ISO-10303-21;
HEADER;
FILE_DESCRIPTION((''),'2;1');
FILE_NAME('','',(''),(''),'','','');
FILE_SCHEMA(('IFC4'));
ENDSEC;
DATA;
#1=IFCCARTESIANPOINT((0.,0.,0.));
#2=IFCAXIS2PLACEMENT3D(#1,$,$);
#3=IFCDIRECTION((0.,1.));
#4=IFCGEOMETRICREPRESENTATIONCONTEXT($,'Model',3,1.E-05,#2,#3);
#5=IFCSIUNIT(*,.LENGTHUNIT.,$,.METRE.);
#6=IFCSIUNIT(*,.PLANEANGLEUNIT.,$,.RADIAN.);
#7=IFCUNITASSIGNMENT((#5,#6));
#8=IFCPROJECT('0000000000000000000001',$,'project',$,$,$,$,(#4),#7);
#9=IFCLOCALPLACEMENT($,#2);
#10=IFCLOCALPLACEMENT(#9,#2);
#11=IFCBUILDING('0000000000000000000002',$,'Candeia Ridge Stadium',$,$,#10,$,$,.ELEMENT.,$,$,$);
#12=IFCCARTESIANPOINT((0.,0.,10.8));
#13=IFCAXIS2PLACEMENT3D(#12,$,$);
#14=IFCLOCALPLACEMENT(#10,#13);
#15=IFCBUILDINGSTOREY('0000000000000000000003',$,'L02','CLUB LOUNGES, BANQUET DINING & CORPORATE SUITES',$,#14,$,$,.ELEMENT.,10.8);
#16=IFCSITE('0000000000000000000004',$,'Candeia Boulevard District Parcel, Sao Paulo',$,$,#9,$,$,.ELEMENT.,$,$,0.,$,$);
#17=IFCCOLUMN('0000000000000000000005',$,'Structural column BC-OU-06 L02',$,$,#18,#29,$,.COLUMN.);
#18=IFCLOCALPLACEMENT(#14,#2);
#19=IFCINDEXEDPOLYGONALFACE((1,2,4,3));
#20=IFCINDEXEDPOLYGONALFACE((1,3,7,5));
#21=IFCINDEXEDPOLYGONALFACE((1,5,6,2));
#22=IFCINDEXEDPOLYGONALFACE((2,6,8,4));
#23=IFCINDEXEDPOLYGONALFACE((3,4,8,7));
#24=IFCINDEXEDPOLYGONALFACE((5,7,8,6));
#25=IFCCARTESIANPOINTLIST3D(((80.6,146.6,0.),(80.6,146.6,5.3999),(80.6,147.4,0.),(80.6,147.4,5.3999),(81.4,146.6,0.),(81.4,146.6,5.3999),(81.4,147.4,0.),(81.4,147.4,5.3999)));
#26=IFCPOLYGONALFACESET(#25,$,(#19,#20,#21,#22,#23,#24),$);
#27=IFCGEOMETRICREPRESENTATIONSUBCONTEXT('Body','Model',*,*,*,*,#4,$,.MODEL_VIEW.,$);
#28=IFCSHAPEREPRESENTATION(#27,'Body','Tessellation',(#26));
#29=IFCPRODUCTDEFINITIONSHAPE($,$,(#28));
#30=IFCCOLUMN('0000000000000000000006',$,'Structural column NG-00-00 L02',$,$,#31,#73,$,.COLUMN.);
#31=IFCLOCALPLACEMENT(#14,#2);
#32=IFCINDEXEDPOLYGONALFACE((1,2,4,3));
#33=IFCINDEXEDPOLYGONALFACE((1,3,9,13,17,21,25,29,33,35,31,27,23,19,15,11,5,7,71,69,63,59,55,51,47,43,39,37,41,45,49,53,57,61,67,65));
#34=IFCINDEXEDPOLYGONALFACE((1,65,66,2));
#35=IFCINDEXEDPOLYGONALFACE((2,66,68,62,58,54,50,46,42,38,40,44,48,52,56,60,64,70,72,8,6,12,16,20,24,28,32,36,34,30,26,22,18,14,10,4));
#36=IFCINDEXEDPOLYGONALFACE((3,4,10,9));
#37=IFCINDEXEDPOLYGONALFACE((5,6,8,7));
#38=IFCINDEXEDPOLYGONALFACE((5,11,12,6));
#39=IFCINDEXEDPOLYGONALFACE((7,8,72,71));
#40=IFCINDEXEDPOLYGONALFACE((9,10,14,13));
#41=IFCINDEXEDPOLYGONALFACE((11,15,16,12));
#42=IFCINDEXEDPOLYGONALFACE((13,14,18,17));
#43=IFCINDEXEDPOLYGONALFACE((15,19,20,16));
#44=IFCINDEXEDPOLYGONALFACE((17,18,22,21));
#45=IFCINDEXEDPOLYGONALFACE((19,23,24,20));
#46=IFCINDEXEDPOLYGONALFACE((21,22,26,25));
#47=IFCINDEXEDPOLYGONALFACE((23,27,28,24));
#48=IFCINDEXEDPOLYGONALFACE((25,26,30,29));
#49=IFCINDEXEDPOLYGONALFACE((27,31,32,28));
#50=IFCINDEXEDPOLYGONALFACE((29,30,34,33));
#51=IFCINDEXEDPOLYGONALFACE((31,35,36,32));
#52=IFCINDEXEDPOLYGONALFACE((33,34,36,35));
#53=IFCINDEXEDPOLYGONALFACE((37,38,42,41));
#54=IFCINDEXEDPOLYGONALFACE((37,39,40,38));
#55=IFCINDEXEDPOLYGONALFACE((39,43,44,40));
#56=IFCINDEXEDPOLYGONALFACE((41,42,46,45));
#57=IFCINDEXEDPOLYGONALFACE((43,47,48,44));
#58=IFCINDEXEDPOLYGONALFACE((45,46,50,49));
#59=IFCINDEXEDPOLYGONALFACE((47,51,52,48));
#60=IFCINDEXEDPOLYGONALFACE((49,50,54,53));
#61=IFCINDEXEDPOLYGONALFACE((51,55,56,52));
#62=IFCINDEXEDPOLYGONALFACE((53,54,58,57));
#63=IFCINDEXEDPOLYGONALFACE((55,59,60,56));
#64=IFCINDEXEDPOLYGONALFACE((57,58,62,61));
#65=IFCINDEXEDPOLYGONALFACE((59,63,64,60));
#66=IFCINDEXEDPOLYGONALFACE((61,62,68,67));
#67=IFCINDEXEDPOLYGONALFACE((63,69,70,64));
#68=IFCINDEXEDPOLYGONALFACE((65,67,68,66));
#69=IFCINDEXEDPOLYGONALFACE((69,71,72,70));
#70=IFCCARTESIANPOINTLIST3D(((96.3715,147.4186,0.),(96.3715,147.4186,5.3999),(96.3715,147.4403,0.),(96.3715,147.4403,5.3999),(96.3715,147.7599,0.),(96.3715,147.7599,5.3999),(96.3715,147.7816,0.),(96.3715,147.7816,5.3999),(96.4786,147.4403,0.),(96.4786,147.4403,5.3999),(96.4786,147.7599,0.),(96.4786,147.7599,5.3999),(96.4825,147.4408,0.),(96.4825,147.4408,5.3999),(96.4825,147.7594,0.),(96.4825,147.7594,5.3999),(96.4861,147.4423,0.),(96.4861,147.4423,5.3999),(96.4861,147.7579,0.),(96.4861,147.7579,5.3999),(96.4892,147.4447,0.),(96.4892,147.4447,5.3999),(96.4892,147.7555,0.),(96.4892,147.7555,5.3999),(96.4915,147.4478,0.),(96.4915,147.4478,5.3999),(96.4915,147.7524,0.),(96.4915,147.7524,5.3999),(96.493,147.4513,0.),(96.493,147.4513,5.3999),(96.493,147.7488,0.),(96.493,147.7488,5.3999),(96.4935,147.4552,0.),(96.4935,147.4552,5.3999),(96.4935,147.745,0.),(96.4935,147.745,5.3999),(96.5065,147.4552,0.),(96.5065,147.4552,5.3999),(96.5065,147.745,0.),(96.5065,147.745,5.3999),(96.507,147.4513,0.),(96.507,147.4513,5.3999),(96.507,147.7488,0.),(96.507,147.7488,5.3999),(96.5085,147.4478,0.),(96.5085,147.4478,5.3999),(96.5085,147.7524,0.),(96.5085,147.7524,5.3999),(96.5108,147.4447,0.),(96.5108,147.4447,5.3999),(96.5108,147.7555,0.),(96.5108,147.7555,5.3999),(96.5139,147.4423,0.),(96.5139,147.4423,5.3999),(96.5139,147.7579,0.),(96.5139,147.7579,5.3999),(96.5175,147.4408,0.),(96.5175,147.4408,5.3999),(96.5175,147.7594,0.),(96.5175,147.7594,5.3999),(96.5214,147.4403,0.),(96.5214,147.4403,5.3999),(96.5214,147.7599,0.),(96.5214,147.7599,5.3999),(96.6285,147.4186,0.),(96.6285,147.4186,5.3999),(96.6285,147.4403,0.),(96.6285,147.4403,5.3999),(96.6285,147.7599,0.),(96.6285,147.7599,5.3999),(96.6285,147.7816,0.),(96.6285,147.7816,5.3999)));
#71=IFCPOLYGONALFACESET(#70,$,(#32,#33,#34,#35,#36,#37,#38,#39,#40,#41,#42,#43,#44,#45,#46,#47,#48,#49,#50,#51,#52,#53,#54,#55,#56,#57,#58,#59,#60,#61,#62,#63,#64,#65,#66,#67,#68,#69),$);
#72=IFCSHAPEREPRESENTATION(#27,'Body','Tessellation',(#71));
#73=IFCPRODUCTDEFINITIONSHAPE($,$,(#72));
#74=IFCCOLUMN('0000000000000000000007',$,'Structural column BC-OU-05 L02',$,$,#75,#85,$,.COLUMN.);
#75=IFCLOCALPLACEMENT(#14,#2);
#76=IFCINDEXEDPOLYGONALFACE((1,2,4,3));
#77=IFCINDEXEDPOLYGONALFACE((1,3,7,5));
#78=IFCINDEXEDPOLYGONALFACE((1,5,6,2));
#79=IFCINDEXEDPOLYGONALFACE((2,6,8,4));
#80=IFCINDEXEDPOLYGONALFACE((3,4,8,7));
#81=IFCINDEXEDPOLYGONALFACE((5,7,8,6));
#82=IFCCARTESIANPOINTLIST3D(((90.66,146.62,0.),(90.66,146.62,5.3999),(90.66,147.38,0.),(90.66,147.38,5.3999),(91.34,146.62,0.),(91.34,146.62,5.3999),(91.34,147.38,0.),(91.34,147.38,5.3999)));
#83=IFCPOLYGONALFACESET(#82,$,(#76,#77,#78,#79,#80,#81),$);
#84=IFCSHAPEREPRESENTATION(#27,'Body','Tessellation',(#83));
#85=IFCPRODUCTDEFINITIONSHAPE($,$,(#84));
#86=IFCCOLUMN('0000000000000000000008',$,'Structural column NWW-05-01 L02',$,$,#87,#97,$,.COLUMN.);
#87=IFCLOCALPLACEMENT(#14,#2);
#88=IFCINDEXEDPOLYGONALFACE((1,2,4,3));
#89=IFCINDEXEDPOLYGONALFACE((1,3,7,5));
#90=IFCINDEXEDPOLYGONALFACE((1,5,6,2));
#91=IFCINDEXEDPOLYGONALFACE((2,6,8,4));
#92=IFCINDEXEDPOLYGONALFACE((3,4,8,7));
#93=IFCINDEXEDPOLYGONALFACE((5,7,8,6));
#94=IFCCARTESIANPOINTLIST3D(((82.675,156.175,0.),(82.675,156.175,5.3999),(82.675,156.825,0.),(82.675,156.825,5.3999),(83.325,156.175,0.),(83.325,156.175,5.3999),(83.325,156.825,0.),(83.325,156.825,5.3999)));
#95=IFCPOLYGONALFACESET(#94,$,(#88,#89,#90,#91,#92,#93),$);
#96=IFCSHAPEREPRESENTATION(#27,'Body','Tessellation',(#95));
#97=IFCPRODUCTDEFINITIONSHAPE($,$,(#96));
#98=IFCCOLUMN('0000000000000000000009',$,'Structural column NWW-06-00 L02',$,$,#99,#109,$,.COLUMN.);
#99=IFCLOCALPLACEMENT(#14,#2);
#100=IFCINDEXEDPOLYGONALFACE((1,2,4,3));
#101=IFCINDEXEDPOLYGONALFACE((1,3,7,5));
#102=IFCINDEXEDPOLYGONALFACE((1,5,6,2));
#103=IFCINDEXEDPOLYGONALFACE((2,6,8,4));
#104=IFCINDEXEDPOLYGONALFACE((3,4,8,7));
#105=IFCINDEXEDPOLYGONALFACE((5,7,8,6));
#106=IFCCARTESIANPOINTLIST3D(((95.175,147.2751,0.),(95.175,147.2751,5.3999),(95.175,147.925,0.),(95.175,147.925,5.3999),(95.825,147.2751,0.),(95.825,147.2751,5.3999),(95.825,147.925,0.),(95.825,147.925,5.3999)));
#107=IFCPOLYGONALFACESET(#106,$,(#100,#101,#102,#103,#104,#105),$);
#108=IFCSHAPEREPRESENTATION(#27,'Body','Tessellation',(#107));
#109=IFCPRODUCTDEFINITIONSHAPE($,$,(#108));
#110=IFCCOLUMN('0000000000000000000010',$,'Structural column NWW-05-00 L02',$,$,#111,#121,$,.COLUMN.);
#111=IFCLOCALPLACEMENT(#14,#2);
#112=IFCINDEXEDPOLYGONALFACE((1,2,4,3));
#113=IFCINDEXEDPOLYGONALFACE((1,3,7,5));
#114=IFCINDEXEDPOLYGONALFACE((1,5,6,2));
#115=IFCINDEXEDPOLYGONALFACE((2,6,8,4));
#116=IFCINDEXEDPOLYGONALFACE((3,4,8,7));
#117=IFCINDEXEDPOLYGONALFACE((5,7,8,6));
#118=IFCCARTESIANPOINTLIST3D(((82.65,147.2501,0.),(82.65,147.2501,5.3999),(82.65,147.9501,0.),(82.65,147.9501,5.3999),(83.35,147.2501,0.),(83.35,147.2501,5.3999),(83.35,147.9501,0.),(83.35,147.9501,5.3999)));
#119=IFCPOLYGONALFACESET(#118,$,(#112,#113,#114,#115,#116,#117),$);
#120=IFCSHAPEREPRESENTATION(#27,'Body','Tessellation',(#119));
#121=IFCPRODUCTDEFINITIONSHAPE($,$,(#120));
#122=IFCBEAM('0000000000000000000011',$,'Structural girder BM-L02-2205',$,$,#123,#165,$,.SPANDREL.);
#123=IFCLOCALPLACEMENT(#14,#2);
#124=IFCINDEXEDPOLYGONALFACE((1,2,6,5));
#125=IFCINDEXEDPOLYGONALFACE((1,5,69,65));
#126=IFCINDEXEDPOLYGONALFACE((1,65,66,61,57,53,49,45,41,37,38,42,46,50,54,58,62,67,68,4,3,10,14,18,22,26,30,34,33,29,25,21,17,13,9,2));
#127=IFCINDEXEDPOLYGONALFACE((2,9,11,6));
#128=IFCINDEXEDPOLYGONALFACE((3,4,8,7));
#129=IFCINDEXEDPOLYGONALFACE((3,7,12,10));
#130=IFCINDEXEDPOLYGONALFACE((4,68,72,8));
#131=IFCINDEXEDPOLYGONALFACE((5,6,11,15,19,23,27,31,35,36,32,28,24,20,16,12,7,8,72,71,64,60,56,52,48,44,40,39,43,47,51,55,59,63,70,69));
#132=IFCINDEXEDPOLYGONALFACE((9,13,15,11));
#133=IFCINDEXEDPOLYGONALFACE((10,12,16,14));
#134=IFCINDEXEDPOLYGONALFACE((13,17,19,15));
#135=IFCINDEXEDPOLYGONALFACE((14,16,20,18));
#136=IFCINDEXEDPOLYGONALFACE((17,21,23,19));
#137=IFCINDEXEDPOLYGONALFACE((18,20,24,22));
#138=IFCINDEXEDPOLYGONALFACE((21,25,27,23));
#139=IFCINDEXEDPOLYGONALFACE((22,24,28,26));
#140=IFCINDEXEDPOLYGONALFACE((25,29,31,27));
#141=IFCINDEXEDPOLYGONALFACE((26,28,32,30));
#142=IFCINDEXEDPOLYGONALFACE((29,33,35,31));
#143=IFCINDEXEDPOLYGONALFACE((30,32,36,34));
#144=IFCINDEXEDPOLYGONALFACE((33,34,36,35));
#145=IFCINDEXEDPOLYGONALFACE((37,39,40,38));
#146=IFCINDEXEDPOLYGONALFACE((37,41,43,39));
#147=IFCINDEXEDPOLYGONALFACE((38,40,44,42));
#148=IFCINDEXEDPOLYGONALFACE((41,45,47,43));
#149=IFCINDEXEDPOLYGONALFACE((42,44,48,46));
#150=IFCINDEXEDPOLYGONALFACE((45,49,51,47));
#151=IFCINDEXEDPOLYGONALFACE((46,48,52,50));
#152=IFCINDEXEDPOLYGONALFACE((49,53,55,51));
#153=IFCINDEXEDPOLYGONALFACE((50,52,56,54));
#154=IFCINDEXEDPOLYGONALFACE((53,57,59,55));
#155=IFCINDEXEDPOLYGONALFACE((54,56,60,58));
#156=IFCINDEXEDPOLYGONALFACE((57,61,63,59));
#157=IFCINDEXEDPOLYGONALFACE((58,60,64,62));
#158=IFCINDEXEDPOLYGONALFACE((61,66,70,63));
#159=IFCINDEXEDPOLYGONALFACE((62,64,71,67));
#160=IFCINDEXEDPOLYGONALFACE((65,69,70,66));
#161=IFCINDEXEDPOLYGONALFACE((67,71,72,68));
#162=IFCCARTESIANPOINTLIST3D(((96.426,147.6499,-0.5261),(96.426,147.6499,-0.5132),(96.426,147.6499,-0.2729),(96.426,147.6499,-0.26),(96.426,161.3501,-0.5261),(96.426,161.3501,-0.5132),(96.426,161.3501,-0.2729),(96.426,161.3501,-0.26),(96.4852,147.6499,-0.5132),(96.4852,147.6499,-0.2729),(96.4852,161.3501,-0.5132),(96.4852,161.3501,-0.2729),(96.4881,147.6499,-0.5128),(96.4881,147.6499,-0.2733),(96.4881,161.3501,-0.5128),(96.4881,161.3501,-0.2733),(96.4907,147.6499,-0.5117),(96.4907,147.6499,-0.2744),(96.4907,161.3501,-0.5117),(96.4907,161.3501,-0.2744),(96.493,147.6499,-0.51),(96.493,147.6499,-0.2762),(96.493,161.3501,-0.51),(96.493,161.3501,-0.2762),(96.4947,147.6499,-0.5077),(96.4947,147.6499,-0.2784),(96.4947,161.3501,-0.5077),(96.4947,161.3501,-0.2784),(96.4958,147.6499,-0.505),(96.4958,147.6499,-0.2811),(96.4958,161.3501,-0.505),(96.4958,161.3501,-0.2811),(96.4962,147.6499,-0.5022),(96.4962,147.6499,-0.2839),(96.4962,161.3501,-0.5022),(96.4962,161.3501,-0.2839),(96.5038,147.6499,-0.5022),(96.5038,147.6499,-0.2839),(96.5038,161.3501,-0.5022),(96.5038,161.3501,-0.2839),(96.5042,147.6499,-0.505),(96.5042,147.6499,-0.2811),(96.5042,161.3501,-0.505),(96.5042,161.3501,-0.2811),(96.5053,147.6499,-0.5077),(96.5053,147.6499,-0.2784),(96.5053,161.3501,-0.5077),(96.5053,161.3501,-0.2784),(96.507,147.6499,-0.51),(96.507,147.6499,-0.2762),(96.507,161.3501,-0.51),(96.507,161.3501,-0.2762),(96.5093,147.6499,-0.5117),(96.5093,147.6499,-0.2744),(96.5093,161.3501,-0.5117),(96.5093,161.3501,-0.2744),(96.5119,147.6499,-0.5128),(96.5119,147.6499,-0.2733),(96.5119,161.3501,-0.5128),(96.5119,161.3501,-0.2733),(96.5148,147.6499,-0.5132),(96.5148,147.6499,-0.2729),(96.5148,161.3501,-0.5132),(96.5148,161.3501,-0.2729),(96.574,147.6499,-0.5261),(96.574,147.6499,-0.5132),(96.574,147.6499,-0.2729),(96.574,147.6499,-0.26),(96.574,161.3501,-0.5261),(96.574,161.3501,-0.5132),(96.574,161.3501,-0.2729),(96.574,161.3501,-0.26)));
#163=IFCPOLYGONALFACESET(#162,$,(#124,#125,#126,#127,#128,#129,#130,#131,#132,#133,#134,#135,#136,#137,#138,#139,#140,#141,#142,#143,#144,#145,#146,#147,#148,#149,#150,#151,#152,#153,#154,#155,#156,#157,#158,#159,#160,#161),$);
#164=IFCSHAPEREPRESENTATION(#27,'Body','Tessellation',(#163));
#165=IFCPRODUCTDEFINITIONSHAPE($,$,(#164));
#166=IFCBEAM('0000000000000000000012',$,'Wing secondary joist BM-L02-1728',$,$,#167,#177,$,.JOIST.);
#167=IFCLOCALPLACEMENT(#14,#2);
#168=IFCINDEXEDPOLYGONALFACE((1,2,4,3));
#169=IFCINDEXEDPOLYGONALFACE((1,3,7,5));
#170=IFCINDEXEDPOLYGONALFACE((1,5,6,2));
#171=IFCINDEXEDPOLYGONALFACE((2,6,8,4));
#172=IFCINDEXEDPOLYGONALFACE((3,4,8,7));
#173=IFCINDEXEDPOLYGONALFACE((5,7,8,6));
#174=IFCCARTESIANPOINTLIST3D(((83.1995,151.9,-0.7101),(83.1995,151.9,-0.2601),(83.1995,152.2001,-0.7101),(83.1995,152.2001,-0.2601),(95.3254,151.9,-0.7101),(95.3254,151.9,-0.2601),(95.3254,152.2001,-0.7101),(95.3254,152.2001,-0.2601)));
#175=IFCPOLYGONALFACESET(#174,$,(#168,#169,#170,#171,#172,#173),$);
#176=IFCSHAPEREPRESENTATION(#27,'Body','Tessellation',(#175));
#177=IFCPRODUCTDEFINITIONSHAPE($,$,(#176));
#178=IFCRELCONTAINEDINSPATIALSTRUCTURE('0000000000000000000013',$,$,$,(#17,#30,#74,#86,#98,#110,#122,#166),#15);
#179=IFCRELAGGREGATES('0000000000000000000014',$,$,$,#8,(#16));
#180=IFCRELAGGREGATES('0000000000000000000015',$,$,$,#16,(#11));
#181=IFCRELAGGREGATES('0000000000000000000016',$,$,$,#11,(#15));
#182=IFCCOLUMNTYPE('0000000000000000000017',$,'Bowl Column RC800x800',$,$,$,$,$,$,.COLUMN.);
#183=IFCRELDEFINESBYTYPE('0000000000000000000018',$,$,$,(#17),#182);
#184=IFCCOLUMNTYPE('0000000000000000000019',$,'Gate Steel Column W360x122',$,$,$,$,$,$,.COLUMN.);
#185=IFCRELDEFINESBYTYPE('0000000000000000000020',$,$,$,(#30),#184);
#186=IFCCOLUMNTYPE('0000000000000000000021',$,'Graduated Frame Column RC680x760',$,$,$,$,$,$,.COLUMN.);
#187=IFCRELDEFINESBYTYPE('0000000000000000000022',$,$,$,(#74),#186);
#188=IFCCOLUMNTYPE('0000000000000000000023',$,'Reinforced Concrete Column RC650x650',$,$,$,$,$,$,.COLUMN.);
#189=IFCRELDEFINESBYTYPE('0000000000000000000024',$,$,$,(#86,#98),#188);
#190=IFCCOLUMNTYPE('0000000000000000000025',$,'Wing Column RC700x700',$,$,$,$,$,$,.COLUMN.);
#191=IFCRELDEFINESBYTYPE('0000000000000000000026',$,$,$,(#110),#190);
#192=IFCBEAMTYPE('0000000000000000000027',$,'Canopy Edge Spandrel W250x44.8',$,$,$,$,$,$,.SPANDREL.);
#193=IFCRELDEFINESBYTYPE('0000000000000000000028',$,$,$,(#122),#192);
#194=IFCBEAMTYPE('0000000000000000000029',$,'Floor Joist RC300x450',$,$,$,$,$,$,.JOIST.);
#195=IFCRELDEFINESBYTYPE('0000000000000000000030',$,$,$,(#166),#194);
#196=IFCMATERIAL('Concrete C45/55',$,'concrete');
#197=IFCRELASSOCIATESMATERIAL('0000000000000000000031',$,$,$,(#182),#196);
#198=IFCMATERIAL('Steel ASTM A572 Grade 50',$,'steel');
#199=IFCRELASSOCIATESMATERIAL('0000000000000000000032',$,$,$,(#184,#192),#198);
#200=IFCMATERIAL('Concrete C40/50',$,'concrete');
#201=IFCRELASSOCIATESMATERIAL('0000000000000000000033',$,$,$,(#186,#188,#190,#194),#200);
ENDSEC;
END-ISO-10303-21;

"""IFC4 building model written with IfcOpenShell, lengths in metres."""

from ifc_helpers import new_model, si_unit, direction, frame, origin, origin_2d, place, context, subcontext, project, spatial, rectangle, i_section, extrude, material, material_profile, profile_set, type_object, element, save


model = new_model("IFC4")

# Units and contexts
model_context = context("Model", 3, precision=1e-05, world=origin(), true_north=direction((0.0, 1.0)))
body_context = subcontext(model_context, "Body", "Model", "MODEL_VIEW")
ifc_project = project(units=[si_unit("LENGTHUNIT", "METRE"), si_unit("PLANEANGLEUNIT", "RADIAN")], contexts=[model_context])

# Site, building, storey
site_placement = place(None, origin())
site = spatial("IfcSite", under=ifc_project, at=site_placement, Name="Candeia Boulevard District Parcel, Sao Paulo", CompositionType="ELEMENT", RefElevation=0.0)
building_placement = place(site_placement, origin())
building = spatial("IfcBuilding", under=site, at=building_placement, Name="Candeia Ridge Stadium", CompositionType="ELEMENT")
storey_placement = place(building_placement, frame((0.0, 0.0, 10.8)))
storey = spatial("IfcBuildingStorey", under=building, at=storey_placement, Name="L02", Description="CLUB LOUNGES, BANQUET DINING & CORPORATE SUITES", CompositionType="ELEMENT", Elevation=10.8)

# Columns
ifc_material_1 = material(Name="Concrete C45/55", Category="concrete")
ifc_material_profile_1 = material_profile(ifc_material_1, rectangle(XDim=0.8, YDim=0.8, at=origin_2d()), Name="RC800x800", Category="concrete")
ifc_profile_set_1 = profile_set([ifc_material_profile_1], Name="Concrete C45/55")
column_type_1 = type_object("IfcColumnType", Name="Bowl Column RC800x800", PredefinedType="COLUMN", material=ifc_profile_set_1)
column_1_placement = place(storey_placement, frame((81.0, 147.0, 0.0), z_axis=(0.0, 0.0, 1.0), x_axis=(1.0, 0.0, 0.0)))
element("IfcColumn", 1, at=column_1_placement, inside=storey, type_object=column_type_1, Name="Structural column BC-OU-06 L02", PredefinedType="COLUMN", context=body_context, shape_type="SweptSolid", body=[
    extrude(rectangle(XDim=0.8, YDim=0.8, at=origin_2d()), origin(), (0.0, 0.0, 1.0), 5.3999),
])
ifc_material_2 = material(Name="Steel ASTM A572 Grade 50", Category="steel")
ifc_material_profile_2 = material_profile(ifc_material_2, i_section(OverallWidth=0.2571, OverallDepth=0.363, WebThickness=0.0129, FlangeThickness=0.0217, FilletRadius=0.0149, at=origin_2d()), Name="W360x122", Category="steel")
ifc_profile_set_2 = profile_set([ifc_material_profile_2], Name="Steel ASTM A572 Grade 50")
column_type_2 = type_object("IfcColumnType", Name="Gate Steel Column W360x122", PredefinedType="COLUMN", material=ifc_profile_set_2)
column_2_placement = place(storey_placement, frame((96.5, 147.6001, 0.0), z_axis=(0.0, 0.0, 1.0), x_axis=(1.0, 0.0, 0.0)))
element("IfcColumn", 2, at=column_2_placement, inside=storey, type_object=column_type_2, Name="Structural column NG-00-00 L02", PredefinedType="COLUMN", context=body_context, shape_type="SweptSolid", body=[
    extrude(i_section(OverallWidth=0.2571, OverallDepth=0.363, WebThickness=0.0129, FlangeThickness=0.0217, FilletRadius=0.0149, at=origin_2d()), origin(), (0.0, 0.0, 1.0), 5.3999),
])
ifc_material_3 = material(Name="Concrete C40/50", Category="concrete")
ifc_material_profile_3 = material_profile(ifc_material_3, rectangle(XDim=0.6799, YDim=0.76, at=origin_2d()), Name="RC680x760", Category="concrete")
ifc_profile_set_3 = profile_set([ifc_material_profile_3], Name="Concrete C40/50")
column_type_3 = type_object("IfcColumnType", Name="Graduated Frame Column RC680x760", PredefinedType="COLUMN", material=ifc_profile_set_3)
column_3_placement = place(storey_placement, frame((91.0, 147.0, 0.0), z_axis=(0.0, 0.0, 1.0), x_axis=(1.0, 0.0, 0.0)))
element("IfcColumn", 3, at=column_3_placement, inside=storey, type_object=column_type_3, Name="Structural column BC-OU-05 L02", PredefinedType="COLUMN", context=body_context, shape_type="SweptSolid", body=[
    extrude(rectangle(XDim=0.6799, YDim=0.76, at=origin_2d()), origin(), (0.0, 0.0, 1.0), 5.3999),
])
ifc_material_profile_4 = material_profile(ifc_material_3, rectangle(XDim=0.6499, YDim=0.6499, at=origin_2d()), Name="RC650x650", Category="concrete")
ifc_profile_set_4 = profile_set([ifc_material_profile_4], Name="Concrete C40/50")
column_type_4 = type_object("IfcColumnType", Name="Reinforced Concrete Column RC650x650", PredefinedType="COLUMN", material=ifc_profile_set_4)
for number, where, z_axis, x_axis, name in (
    (4, (83.0, 156.5, 0.0), (0.0, 0.0, 1.0), (1.0, 0.0, 0.0), "Structural column NWW-05-01 L02"),
    (5, (95.5, 147.6001, 0.0), (0.0, 0.0, 1.0), (1.0, 0.0, 0.0), "Structural column NWW-06-00 L02"),
):
    element("IfcColumn", number, at=place(storey_placement, frame(where, z_axis=z_axis, x_axis=x_axis)), inside=storey, type_object=column_type_4, Name=name, PredefinedType="COLUMN", context=body_context, shape_type="SweptSolid", body=[
        extrude(rectangle(XDim=0.6499, YDim=0.6499, at=origin_2d()), origin(), (0.0, 0.0, 1.0), 5.3999),
    ])
ifc_material_profile_5 = material_profile(ifc_material_3, rectangle(XDim=0.7, YDim=0.7, at=origin_2d()), Name="RC700x700", Category="concrete")
ifc_profile_set_5 = profile_set([ifc_material_profile_5], Name="Concrete C40/50")
column_type_5 = type_object("IfcColumnType", Name="Wing Column RC700x700", PredefinedType="COLUMN", material=ifc_profile_set_5)
column_4_placement = place(storey_placement, frame((83.0, 147.6001, 0.0), z_axis=(0.0, 0.0, 1.0), x_axis=(1.0, 0.0, 0.0)))
element("IfcColumn", 6, at=column_4_placement, inside=storey, type_object=column_type_5, Name="Structural column NWW-05-00 L02", PredefinedType="COLUMN", context=body_context, shape_type="SweptSolid", body=[
    extrude(rectangle(XDim=0.7, YDim=0.7, at=origin_2d()), origin(), (0.0, 0.0, 1.0), 5.3999),
])

# Beams
ifc_material_profile_6 = material_profile(ifc_material_2, i_section(OverallWidth=0.1479, OverallDepth=0.2661, WebThickness=0.0076, FlangeThickness=0.0129, FilletRadius=0.011, at=origin_2d()), Name="W250x44.8", Category="steel")
ifc_profile_set_6 = profile_set([ifc_material_profile_6], Name="Steel ASTM A572 Grade 50")
beam_type_1 = type_object("IfcBeamType", Name="Canopy Edge Spandrel W250x44.8", PredefinedType="SPANDREL", material=ifc_profile_set_6)
beam_1_placement = place(storey_placement, frame((96.5, 147.6499, -0.3931), z_axis=(0.0, 1.0, 0.0), x_axis=(-1.0, 0.0, 0.0)))
element("IfcBeam", 7, at=beam_1_placement, inside=storey, type_object=beam_type_1, Name="Structural girder BM-L02-2205", PredefinedType="SPANDREL", context=body_context, shape_type="SweptSolid", body=[
    extrude(i_section(OverallWidth=0.1479, OverallDepth=0.2661, WebThickness=0.0076, FlangeThickness=0.0129, FilletRadius=0.011, at=origin_2d()), origin(), (0.0, 0.0, 1.0), 13.7002),
])
ifc_material_profile_7 = material_profile(ifc_material_3, rectangle(XDim=0.3, YDim=0.45, at=origin_2d()), Name="RC300x450", Category="concrete")
ifc_profile_set_7 = profile_set([ifc_material_profile_7], Name="Concrete C40/50")
beam_type_2 = type_object("IfcBeamType", Name="Floor Joist RC300x450", PredefinedType="JOIST", material=ifc_profile_set_7)
beam_2_placement = place(storey_placement, frame((83.1995, 152.05, -0.4851), z_axis=(1.0, 0.0, 0.0), x_axis=(0.0, 1.0, 0.0)))
element("IfcBeam", 8, at=beam_2_placement, inside=storey, type_object=beam_type_2, Name="Wing secondary joist BM-L02-1728", PredefinedType="JOIST", context=body_context, shape_type="SweptSolid", body=[
    extrude(rectangle(XDim=0.3, YDim=0.45, at=origin_2d()), origin(), (0.0, 0.0, 1.0), 12.126),
])

save(model, "model.ifc")
